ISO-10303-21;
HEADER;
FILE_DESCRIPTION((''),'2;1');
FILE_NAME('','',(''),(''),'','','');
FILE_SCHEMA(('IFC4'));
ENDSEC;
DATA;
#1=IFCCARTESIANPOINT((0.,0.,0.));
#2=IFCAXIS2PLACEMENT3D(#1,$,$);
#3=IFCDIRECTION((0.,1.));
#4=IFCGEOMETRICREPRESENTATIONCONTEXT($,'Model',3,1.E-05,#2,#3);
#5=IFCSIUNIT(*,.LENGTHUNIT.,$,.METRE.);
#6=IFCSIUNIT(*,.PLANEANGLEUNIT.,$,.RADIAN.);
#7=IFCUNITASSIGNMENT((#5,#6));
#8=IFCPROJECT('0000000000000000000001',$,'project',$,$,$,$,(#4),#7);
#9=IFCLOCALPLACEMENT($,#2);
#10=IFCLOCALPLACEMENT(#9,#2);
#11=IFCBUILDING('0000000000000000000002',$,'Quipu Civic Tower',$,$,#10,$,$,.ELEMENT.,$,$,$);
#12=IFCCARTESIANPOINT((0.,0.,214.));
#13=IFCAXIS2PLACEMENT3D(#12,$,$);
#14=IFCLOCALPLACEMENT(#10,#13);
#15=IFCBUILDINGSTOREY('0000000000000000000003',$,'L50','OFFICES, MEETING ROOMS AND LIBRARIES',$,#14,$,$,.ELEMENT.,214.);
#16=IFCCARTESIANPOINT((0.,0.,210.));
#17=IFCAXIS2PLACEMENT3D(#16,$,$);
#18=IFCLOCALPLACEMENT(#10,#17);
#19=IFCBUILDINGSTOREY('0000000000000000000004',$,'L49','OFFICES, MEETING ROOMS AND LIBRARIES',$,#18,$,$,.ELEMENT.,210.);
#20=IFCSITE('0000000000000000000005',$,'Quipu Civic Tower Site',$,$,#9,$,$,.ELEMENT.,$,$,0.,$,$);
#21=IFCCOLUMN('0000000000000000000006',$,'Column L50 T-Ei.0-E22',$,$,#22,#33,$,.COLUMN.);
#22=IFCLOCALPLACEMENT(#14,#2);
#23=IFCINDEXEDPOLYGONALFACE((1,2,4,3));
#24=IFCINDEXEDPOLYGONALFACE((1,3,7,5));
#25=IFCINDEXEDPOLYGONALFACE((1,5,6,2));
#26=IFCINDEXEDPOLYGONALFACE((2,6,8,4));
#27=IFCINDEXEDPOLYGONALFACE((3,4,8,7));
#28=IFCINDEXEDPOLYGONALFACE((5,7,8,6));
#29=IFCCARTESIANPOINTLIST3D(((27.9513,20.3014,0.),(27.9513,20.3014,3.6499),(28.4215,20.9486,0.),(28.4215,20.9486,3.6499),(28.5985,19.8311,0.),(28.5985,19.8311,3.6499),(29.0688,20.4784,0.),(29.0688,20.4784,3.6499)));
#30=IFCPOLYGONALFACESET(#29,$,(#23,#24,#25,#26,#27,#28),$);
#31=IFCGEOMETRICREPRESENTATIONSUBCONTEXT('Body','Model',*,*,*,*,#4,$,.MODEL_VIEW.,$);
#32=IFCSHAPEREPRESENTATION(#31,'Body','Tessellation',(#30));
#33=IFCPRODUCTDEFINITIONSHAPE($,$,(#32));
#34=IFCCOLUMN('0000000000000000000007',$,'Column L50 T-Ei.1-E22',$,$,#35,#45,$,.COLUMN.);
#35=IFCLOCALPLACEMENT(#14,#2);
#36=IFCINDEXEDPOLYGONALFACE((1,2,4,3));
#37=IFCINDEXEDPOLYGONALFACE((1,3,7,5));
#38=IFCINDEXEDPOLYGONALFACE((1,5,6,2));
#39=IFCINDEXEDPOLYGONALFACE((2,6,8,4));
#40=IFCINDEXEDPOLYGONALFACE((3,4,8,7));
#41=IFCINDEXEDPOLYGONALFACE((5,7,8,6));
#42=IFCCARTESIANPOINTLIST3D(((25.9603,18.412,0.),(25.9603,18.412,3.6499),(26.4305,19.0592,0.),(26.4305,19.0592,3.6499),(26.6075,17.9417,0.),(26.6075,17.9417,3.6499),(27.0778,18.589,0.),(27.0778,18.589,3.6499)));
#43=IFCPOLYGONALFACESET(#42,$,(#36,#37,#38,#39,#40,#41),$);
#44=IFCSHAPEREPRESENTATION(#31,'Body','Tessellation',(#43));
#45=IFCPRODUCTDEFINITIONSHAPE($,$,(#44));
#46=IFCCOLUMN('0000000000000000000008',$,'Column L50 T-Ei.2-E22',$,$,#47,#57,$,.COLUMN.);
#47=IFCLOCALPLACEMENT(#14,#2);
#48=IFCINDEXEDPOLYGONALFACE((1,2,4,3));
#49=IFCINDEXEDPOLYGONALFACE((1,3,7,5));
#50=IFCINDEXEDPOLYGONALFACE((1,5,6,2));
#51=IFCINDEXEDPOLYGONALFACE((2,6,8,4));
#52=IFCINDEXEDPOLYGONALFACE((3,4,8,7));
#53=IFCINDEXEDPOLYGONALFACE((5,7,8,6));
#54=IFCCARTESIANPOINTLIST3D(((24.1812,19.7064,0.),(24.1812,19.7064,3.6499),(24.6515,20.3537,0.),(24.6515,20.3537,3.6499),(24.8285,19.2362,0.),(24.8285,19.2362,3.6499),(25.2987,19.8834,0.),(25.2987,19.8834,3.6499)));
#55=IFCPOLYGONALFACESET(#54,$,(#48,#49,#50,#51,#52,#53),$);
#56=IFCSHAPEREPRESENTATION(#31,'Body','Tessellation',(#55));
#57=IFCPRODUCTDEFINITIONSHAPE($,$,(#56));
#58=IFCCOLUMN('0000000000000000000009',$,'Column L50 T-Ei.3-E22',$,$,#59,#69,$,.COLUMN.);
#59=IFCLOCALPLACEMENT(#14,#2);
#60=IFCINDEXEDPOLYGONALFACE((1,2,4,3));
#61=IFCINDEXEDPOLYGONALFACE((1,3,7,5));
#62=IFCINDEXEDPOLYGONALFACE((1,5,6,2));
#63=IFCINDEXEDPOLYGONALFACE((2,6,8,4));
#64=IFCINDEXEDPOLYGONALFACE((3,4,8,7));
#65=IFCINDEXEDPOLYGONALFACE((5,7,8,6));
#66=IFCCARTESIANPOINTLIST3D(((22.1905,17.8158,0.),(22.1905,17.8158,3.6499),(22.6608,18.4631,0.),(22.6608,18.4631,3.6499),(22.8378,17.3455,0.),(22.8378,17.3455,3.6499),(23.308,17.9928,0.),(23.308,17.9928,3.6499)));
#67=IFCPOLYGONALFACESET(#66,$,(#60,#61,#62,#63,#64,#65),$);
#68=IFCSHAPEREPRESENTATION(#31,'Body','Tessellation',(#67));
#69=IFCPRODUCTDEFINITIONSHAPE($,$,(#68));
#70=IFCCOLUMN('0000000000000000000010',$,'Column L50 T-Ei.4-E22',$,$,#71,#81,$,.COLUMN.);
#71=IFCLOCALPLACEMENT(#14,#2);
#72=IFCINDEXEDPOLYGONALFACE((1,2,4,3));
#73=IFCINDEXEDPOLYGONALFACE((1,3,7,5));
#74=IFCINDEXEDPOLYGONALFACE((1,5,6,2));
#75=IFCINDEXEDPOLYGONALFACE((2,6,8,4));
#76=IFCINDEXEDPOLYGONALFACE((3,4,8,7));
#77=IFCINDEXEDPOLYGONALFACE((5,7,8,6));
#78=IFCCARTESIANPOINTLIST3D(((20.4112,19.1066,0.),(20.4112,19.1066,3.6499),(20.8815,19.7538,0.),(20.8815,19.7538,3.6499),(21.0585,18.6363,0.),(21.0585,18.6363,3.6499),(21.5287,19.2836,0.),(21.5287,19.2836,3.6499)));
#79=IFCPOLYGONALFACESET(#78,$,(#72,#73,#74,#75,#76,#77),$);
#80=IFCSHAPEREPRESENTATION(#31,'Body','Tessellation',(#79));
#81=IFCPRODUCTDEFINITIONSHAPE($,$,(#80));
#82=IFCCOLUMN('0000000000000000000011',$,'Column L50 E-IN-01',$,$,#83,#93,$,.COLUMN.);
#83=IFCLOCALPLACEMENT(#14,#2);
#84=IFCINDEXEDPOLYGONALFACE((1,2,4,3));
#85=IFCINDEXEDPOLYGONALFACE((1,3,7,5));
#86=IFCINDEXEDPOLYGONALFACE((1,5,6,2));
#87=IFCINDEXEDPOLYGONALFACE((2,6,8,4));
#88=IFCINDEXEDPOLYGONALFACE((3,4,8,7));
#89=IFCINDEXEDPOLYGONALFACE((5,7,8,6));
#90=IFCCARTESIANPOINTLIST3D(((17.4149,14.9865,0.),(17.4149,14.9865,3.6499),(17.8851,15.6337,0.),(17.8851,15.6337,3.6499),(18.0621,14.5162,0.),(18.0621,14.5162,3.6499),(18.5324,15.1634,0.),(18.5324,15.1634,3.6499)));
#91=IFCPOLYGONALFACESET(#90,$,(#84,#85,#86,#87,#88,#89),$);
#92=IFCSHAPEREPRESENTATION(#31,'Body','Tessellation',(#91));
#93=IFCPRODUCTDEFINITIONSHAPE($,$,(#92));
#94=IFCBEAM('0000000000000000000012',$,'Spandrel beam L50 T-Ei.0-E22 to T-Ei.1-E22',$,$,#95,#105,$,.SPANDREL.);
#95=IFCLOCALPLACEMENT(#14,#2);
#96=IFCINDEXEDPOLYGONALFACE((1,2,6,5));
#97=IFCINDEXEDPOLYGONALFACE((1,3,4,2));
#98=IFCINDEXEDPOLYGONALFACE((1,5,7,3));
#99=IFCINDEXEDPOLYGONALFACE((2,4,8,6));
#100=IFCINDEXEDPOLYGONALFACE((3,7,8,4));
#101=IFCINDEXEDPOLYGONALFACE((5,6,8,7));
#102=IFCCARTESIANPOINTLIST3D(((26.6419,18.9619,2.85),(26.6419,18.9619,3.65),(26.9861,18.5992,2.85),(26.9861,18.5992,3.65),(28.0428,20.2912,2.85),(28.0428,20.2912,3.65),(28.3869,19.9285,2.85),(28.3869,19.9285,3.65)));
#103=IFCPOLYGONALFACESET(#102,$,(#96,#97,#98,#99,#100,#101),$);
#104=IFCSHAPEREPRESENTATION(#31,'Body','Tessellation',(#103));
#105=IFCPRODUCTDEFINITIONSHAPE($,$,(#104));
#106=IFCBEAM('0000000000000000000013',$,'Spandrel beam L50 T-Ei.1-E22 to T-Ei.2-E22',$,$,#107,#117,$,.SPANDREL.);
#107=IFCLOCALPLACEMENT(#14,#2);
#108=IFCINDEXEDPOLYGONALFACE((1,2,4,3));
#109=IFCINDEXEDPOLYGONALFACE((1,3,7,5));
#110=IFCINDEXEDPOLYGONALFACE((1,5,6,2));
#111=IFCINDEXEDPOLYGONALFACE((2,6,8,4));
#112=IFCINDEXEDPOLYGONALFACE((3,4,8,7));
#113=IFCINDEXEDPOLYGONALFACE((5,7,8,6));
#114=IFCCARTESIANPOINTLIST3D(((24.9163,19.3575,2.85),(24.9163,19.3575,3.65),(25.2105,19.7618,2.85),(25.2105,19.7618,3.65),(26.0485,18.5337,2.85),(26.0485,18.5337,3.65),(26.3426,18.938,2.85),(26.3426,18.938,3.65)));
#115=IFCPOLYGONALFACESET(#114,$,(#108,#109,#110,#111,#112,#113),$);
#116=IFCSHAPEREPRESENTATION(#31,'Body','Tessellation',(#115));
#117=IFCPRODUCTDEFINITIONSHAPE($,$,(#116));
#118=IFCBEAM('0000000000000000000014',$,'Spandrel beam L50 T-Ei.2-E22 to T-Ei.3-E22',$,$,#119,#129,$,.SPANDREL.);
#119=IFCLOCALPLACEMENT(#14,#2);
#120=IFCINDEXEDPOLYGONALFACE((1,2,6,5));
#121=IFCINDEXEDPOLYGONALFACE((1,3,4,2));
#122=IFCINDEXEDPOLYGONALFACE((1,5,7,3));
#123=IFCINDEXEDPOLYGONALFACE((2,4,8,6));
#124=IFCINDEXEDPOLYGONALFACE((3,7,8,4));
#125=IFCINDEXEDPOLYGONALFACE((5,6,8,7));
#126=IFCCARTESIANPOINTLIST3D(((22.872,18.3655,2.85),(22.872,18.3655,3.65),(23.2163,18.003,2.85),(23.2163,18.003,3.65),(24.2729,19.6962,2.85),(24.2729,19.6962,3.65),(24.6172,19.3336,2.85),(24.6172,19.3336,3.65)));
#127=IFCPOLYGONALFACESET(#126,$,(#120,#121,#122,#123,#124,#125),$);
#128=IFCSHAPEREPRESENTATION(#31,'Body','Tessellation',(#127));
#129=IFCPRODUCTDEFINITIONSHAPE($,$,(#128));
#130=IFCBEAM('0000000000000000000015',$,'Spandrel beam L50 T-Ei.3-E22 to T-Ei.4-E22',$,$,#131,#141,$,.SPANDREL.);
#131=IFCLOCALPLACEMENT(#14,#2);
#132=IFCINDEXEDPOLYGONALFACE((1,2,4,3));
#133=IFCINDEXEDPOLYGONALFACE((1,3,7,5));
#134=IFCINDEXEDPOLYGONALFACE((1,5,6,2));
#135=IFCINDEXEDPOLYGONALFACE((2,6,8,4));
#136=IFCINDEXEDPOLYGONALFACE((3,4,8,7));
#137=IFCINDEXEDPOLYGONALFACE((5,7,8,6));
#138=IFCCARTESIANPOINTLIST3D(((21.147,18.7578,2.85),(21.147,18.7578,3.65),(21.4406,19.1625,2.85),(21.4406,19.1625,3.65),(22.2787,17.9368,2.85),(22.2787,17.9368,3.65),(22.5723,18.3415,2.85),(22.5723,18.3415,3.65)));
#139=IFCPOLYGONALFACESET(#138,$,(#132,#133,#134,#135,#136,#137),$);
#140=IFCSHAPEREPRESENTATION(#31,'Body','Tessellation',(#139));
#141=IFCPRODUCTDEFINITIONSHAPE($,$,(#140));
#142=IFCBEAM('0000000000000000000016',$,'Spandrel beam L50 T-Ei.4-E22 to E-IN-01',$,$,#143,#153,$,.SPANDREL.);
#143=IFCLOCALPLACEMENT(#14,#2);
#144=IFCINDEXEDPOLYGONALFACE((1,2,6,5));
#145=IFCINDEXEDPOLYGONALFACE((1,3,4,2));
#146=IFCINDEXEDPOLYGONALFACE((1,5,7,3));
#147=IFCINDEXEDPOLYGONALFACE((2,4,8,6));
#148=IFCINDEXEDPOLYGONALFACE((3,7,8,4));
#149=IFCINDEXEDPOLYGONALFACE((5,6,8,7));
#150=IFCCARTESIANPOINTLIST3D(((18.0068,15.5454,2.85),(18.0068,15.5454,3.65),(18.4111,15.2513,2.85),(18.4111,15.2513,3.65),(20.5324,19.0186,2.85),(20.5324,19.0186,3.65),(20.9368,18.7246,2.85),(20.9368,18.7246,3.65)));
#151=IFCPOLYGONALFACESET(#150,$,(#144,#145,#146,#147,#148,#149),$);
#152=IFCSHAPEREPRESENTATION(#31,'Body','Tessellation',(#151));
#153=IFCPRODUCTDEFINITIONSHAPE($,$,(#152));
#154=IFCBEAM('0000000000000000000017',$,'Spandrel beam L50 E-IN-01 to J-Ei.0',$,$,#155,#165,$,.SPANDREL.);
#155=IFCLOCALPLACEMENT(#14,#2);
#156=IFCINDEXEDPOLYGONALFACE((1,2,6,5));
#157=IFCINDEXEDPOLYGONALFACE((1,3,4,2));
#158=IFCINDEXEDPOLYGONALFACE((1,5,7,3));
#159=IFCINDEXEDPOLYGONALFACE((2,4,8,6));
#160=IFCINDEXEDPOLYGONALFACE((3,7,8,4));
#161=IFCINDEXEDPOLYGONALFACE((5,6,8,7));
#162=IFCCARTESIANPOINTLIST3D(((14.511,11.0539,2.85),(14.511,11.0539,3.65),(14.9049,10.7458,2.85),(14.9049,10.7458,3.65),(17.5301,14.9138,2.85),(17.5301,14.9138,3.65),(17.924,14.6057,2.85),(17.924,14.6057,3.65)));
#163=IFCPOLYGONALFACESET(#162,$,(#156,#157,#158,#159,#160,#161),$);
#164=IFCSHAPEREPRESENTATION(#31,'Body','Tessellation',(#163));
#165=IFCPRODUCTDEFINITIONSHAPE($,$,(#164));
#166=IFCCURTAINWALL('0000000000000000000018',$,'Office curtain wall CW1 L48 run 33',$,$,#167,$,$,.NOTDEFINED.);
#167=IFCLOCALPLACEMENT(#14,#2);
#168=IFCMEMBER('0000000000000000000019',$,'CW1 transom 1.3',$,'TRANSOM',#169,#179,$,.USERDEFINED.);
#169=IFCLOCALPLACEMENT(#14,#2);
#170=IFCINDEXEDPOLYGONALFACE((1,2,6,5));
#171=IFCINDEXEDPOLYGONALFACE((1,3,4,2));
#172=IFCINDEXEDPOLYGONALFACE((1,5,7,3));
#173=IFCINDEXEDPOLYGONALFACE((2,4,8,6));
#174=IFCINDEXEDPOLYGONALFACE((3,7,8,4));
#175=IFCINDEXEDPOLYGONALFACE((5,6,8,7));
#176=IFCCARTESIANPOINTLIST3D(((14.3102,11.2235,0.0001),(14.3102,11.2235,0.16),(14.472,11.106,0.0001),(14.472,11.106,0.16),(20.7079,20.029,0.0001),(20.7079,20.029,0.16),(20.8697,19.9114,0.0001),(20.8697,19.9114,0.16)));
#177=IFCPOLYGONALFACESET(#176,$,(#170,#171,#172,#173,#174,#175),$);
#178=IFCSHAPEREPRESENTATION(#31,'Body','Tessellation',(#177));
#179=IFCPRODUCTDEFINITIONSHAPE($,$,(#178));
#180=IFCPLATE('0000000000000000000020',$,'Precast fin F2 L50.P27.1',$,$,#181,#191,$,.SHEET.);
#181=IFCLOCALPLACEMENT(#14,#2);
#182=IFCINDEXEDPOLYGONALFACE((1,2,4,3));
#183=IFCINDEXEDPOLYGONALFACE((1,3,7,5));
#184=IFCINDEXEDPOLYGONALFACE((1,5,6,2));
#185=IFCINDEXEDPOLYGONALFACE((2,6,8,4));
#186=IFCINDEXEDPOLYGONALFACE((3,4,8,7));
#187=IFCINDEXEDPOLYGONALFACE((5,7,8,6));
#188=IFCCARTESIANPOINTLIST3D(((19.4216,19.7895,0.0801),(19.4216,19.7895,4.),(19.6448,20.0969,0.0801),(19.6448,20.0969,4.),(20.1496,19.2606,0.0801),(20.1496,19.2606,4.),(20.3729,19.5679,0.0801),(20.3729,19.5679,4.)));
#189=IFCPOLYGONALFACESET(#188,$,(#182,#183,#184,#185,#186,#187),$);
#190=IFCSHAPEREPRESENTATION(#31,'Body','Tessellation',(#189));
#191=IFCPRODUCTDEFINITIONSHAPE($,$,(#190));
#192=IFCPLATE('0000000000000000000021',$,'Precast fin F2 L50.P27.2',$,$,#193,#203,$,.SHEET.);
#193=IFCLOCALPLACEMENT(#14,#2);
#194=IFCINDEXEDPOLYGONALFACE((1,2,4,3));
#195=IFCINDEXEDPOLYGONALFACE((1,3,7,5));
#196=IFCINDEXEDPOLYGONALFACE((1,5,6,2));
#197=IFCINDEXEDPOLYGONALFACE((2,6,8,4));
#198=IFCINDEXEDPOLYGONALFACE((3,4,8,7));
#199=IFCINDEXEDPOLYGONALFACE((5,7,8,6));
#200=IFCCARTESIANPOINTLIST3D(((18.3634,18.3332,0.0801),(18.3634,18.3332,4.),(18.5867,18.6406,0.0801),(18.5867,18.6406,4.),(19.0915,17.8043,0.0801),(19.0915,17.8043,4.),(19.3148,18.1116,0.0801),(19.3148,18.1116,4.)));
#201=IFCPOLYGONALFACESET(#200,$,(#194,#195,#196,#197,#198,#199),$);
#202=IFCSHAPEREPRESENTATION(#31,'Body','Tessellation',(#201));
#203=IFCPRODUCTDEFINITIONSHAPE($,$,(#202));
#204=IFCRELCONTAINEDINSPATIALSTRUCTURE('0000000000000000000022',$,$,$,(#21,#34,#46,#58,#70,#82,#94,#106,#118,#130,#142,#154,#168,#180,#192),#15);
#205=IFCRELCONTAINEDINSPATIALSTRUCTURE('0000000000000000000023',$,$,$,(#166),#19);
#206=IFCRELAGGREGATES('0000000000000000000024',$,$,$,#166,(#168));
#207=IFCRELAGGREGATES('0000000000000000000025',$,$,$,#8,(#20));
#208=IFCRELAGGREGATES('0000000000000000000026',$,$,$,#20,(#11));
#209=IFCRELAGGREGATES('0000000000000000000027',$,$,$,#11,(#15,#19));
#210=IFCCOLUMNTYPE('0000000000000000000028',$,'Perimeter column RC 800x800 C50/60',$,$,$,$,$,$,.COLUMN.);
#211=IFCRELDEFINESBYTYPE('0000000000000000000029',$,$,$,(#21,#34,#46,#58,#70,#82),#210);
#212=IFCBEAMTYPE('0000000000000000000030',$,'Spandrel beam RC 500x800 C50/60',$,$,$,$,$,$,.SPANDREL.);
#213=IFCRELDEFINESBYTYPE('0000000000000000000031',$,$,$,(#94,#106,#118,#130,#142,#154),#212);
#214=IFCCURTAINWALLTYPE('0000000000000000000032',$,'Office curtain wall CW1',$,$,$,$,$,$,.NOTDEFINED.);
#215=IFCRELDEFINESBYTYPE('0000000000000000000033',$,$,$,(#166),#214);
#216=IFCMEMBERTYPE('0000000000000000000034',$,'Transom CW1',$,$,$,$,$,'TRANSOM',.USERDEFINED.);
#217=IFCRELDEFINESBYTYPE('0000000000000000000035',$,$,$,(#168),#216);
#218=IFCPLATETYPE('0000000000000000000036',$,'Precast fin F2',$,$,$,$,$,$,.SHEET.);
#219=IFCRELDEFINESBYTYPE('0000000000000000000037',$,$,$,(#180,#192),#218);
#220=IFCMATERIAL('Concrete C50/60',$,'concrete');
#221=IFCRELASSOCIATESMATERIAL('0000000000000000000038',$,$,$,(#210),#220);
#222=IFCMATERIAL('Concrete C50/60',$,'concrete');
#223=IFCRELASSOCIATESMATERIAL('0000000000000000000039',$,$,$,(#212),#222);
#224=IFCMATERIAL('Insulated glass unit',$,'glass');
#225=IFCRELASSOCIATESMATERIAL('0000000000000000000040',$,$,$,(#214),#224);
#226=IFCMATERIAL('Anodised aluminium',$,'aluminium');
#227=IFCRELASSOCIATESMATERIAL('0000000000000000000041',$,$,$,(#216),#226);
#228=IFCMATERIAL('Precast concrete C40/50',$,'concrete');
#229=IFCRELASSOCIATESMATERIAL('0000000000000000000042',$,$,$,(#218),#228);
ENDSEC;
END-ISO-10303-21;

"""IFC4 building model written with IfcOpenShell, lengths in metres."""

from ifc_helpers import new_model, si_unit, direction, frame, origin, origin_2d, place, context, subcontext, project, spatial, rectangle, extrude, material, material_profile, profile_set, type_object, element, aggregate, save


model = new_model("IFC4")

# Units and contexts
model_context = context("Model", 3, precision=1e-05, world=origin(), true_north=direction((0.0, 1.0)))
body_context = subcontext(model_context, "Body", "Model", "MODEL_VIEW")
ifc_project = project(units=[si_unit("LENGTHUNIT", "METRE"), si_unit("PLANEANGLEUNIT", "RADIAN")], contexts=[model_context])

# Site, building, storey
site_placement = place(None, origin())
site = spatial("IfcSite", under=ifc_project, at=site_placement, Name="Quipu Civic Tower Site", CompositionType="ELEMENT", RefElevation=0.0)
building_placement = place(site_placement, origin())
building = spatial("IfcBuilding", under=site, at=building_placement, Name="Quipu Civic Tower", CompositionType="ELEMENT")
storey_1_placement = place(building_placement, frame((0.0, 0.0, 214.0)))
storey_1 = spatial("IfcBuildingStorey", under=building, at=storey_1_placement, Name="L50", Description="OFFICES, MEETING ROOMS AND LIBRARIES", CompositionType="ELEMENT", Elevation=214.0)

# Columns
ifc_material_1 = material(Name="Concrete C50/60", Category="concrete")
ifc_material_profile_1 = material_profile(ifc_material_1, rectangle(XDim=0.8, YDim=0.8, at=origin_2d()), Name="RC800x800")
ifc_profile_set_1 = profile_set([ifc_material_profile_1], Name="Concrete C50/60")
column_type = type_object("IfcColumnType", Name="Perimeter column RC 800x800 C50/60", PredefinedType="COLUMN", material=ifc_profile_set_1)
for number, where, z_axis, x_axis, name in (
    (1, (28.51, 20.3899, 0.0), (0.0, 0.0, 1.0), (-0.587785, -0.809017, 0.0), "Column L50 T-Ei.0-E22"),
    (2, (26.519, 18.5005, 0.0), (0.0, 0.0, 1.0), (-0.809017, 0.587785, 0.0), "Column L50 T-Ei.1-E22"),
    (3, (24.74, 19.7949, 0.0), (0.0, 0.0, 1.0), (-0.587785, -0.809017, 0.0), "Column L50 T-Ei.2-E22"),
    (4, (22.7493, 17.9043, 0.0), (0.0, 0.0, 1.0), (-0.587785, -0.809017, 0.0), "Column L50 T-Ei.3-E22"),
    (5, (20.97, 19.1951, 0.0), (0.0, 0.0, 1.0), (-0.587785, -0.809017, 0.0), "Column L50 T-Ei.4-E22"),
    (6, (17.9736, 15.075, 0.0), (0.0, 0.0, 1.0), (-0.587785, -0.809017, 0.0), "Column L50 E-IN-01"),
):
    element("IfcColumn", number, at=place(storey_1_placement, frame(where, z_axis=z_axis, x_axis=x_axis)), inside=storey_1, type_object=column_type, Name=name, PredefinedType="COLUMN", context=body_context, shape_type="SweptSolid", body=[
        extrude(rectangle(XDim=0.8, YDim=0.8, at=origin_2d()), origin(), (0.0, 0.0, 1.0), 3.6499),
    ])

# Beams
ifc_material_2 = material(Name="Concrete C50/60", Category="concrete")
ifc_material_profile_2 = material_profile(ifc_material_2, rectangle(XDim=0.5, YDim=0.8, at=origin_2d()), Name="RC500x800")
ifc_profile_set_2 = profile_set([ifc_material_profile_2], Name="Concrete C50/60")
beam_type = type_object("IfcBeamType", Name="Spandrel beam RC 500x800 C50/60", PredefinedType="SPANDREL", material=ifc_profile_set_2)
beam_1_placement = place(storey_1_placement, frame((28.2148, 20.1099, 3.25), z_axis=(-0.725384, -0.688344, 0.0), x_axis=(0.688344, -0.725384, 0.0)))
element("IfcBeam", 7, at=beam_1_placement, inside=storey_1, type_object=beam_type, Name="Spandrel beam L50 T-Ei.0-E22 to T-Ei.1-E22", PredefinedType="SPANDREL", context=body_context, shape_type="SweptSolid", body=[
    extrude(rectangle(XDim=0.5, YDim=0.8, at=origin_2d()), origin(), (0.0, 0.0, 1.0), 1.9312),
])
beam_2_placement = place(storey_1_placement, frame((26.1956, 18.7358, 3.25), z_axis=(-0.8086, 0.588358, 0.0), x_axis=(-0.588358, -0.8086, 0.0)))
element("IfcBeam", 8, at=beam_2_placement, inside=storey_1, type_object=beam_type, Name="Spandrel beam L50 T-Ei.1-E22 to T-Ei.2-E22", PredefinedType="SPANDREL", context=body_context, shape_type="SweptSolid", body=[
    extrude(rectangle(XDim=0.5, YDim=0.8, at=origin_2d()), origin(), (0.0, 0.0, 1.0), 1.4001),
])
beam_3_placement = place(storey_1_placement, frame((24.4451, 19.5149, 3.25), z_axis=(-0.725069, -0.688676, 0.0), x_axis=(0.688676, -0.725069, 0.0)))
element("IfcBeam", 9, at=beam_3_placement, inside=storey_1, type_object=beam_type, Name="Spandrel beam L50 T-Ei.2-E22 to T-Ei.3-E22", PredefinedType="SPANDREL", context=body_context, shape_type="SweptSolid", body=[
    extrude(rectangle(XDim=0.5, YDim=0.8, at=origin_2d()), origin(), (0.0, 0.0, 1.0), 1.9321),
])
beam_4_placement = place(storey_1_placement, frame((22.4255, 18.1392, 3.25), z_axis=(-0.809453, 0.587185, 0.0), x_axis=(-0.587185, -0.809453, 0.0)))
element("IfcBeam", 10, at=beam_4_placement, inside=storey_1, type_object=beam_type, Name="Spandrel beam L50 T-Ei.3-E22 to T-Ei.4-E22", PredefinedType="SPANDREL", context=body_context, shape_type="SweptSolid", body=[
    extrude(rectangle(XDim=0.5, YDim=0.8, at=origin_2d()), origin(), (0.0, 0.0, 1.0), 1.3982),
])
beam_5_placement = place(storey_1_placement, frame((20.7346, 18.8716, 3.25), z_axis=(-0.588128, -0.808768, 0.0), x_axis=(0.808768, -0.588128, 0.0)))
element("IfcBeam", 11, at=beam_5_placement, inside=storey_1, type_object=beam_type, Name="Spandrel beam L50 T-Ei.4-E22 to E-IN-01", PredefinedType="SPANDREL", context=body_context, shape_type="SweptSolid", body=[
    extrude(rectangle(XDim=0.5, YDim=0.8, at=origin_2d()), origin(), (0.0, 0.0, 1.0), 4.2944),
])
beam_6_placement = place(storey_1_placement, frame((17.7271, 14.7598, 3.25), z_axis=(-0.616091, -0.787675, 0.0), x_axis=(0.787675, -0.616091, 0.0)))
element("IfcBeam", 12, at=beam_6_placement, inside=storey_1, type_object=beam_type, Name="Spandrel beam L50 E-IN-01 to J-Ei.0", PredefinedType="SPANDREL", context=body_context, shape_type="SweptSolid", body=[
    extrude(rectangle(XDim=0.5, YDim=0.8, at=origin_2d()), origin(), (0.0, 0.0, 1.0), 4.9004),
])

# Shared definitions
storey_2_placement = place(building_placement, frame((0.0, 0.0, 210.0)))
storey_2 = spatial("IfcBuildingStorey", under=building, at=storey_2_placement, Name="L49", Description="OFFICES, MEETING ROOMS AND LIBRARIES", CompositionType="ELEMENT", Elevation=210.0)

# Curtain wall, member
ifc_material_3 = material(Name="Insulated glass unit", Category="glass")
curtain_wall_type = type_object("IfcCurtainWallType", Name="Office curtain wall CW1", PredefinedType="NOTDEFINED", material=ifc_material_3)
curtain_wall_placement = place(storey_2_placement, origin())
curtain_wall = element("IfcCurtainWall", 13, at=curtain_wall_placement, inside=storey_2, type_object=curtain_wall_type, Name="Office curtain wall CW1 L48 run 33", PredefinedType="NOTDEFINED")
ifc_material_4 = material(Name="Anodised aluminium", Category="aluminium")
ifc_material_profile_3 = material_profile(ifc_material_4, rectangle(XDim=0.2, YDim=0.1599, at=origin_2d()), Name="RECT 200x160")
ifc_profile_set_3 = profile_set([ifc_material_profile_3], Name="Anodised aluminium")
member_type = type_object("IfcMemberType", Name="Transom CW1", ElementType="TRANSOM", PredefinedType="USERDEFINED", material=ifc_profile_set_3)
member_placement = place(storey_1_placement, frame((20.7888, 19.9702, 0.0801), z_axis=(-0.587797, -0.809009, 0.0), x_axis=(0.809009, -0.587797, 0.0)))
member = element("IfcMember", 14, at=member_placement, inside=storey_1, type_object=member_type, Name="CW1 transom 1.3", ObjectType="TRANSOM", PredefinedType="USERDEFINED", context=body_context, shape_type="SweptSolid", body=[
    extrude(rectangle(XDim=0.2, YDim=0.1599, at=origin_2d()), origin(), (0.0, 0.0, 1.0), 10.8843),
])
aggregate(curtain_wall, [member])

# Plates
ifc_material_5 = material(Name="Precast concrete C40/50", Category="concrete")
plate_type = type_object("IfcPlateType", Name="Precast fin F2", PredefinedType="SHEET", material=ifc_material_5)
for number, where, z_axis, x_axis, name in (
    (15, (19.8972, 19.6787, 0.0801), (0.0, 0.0, 1.0), (-0.587784, -0.809018, 0.0), "Precast fin F2 L50.P27.1"),
    (16, (18.8391, 18.2224, 0.0801), (0.0, 0.0, 1.0), (-0.587784, -0.809018, 0.0), "Precast fin F2 L50.P27.2"),
):
    element("IfcPlate", number, at=place(storey_1_placement, frame(where, z_axis=z_axis, x_axis=x_axis)), inside=storey_1, type_object=plate_type, Name=name, PredefinedType="SHEET", context=body_context, shape_type="SweptSolid", body=[
        extrude(rectangle(XDim=0.3799, YDim=0.8999, at=origin_2d()), origin(), (0.0, 0.0, 1.0), 3.9199),
    ])

save(model, "model.ifc")
